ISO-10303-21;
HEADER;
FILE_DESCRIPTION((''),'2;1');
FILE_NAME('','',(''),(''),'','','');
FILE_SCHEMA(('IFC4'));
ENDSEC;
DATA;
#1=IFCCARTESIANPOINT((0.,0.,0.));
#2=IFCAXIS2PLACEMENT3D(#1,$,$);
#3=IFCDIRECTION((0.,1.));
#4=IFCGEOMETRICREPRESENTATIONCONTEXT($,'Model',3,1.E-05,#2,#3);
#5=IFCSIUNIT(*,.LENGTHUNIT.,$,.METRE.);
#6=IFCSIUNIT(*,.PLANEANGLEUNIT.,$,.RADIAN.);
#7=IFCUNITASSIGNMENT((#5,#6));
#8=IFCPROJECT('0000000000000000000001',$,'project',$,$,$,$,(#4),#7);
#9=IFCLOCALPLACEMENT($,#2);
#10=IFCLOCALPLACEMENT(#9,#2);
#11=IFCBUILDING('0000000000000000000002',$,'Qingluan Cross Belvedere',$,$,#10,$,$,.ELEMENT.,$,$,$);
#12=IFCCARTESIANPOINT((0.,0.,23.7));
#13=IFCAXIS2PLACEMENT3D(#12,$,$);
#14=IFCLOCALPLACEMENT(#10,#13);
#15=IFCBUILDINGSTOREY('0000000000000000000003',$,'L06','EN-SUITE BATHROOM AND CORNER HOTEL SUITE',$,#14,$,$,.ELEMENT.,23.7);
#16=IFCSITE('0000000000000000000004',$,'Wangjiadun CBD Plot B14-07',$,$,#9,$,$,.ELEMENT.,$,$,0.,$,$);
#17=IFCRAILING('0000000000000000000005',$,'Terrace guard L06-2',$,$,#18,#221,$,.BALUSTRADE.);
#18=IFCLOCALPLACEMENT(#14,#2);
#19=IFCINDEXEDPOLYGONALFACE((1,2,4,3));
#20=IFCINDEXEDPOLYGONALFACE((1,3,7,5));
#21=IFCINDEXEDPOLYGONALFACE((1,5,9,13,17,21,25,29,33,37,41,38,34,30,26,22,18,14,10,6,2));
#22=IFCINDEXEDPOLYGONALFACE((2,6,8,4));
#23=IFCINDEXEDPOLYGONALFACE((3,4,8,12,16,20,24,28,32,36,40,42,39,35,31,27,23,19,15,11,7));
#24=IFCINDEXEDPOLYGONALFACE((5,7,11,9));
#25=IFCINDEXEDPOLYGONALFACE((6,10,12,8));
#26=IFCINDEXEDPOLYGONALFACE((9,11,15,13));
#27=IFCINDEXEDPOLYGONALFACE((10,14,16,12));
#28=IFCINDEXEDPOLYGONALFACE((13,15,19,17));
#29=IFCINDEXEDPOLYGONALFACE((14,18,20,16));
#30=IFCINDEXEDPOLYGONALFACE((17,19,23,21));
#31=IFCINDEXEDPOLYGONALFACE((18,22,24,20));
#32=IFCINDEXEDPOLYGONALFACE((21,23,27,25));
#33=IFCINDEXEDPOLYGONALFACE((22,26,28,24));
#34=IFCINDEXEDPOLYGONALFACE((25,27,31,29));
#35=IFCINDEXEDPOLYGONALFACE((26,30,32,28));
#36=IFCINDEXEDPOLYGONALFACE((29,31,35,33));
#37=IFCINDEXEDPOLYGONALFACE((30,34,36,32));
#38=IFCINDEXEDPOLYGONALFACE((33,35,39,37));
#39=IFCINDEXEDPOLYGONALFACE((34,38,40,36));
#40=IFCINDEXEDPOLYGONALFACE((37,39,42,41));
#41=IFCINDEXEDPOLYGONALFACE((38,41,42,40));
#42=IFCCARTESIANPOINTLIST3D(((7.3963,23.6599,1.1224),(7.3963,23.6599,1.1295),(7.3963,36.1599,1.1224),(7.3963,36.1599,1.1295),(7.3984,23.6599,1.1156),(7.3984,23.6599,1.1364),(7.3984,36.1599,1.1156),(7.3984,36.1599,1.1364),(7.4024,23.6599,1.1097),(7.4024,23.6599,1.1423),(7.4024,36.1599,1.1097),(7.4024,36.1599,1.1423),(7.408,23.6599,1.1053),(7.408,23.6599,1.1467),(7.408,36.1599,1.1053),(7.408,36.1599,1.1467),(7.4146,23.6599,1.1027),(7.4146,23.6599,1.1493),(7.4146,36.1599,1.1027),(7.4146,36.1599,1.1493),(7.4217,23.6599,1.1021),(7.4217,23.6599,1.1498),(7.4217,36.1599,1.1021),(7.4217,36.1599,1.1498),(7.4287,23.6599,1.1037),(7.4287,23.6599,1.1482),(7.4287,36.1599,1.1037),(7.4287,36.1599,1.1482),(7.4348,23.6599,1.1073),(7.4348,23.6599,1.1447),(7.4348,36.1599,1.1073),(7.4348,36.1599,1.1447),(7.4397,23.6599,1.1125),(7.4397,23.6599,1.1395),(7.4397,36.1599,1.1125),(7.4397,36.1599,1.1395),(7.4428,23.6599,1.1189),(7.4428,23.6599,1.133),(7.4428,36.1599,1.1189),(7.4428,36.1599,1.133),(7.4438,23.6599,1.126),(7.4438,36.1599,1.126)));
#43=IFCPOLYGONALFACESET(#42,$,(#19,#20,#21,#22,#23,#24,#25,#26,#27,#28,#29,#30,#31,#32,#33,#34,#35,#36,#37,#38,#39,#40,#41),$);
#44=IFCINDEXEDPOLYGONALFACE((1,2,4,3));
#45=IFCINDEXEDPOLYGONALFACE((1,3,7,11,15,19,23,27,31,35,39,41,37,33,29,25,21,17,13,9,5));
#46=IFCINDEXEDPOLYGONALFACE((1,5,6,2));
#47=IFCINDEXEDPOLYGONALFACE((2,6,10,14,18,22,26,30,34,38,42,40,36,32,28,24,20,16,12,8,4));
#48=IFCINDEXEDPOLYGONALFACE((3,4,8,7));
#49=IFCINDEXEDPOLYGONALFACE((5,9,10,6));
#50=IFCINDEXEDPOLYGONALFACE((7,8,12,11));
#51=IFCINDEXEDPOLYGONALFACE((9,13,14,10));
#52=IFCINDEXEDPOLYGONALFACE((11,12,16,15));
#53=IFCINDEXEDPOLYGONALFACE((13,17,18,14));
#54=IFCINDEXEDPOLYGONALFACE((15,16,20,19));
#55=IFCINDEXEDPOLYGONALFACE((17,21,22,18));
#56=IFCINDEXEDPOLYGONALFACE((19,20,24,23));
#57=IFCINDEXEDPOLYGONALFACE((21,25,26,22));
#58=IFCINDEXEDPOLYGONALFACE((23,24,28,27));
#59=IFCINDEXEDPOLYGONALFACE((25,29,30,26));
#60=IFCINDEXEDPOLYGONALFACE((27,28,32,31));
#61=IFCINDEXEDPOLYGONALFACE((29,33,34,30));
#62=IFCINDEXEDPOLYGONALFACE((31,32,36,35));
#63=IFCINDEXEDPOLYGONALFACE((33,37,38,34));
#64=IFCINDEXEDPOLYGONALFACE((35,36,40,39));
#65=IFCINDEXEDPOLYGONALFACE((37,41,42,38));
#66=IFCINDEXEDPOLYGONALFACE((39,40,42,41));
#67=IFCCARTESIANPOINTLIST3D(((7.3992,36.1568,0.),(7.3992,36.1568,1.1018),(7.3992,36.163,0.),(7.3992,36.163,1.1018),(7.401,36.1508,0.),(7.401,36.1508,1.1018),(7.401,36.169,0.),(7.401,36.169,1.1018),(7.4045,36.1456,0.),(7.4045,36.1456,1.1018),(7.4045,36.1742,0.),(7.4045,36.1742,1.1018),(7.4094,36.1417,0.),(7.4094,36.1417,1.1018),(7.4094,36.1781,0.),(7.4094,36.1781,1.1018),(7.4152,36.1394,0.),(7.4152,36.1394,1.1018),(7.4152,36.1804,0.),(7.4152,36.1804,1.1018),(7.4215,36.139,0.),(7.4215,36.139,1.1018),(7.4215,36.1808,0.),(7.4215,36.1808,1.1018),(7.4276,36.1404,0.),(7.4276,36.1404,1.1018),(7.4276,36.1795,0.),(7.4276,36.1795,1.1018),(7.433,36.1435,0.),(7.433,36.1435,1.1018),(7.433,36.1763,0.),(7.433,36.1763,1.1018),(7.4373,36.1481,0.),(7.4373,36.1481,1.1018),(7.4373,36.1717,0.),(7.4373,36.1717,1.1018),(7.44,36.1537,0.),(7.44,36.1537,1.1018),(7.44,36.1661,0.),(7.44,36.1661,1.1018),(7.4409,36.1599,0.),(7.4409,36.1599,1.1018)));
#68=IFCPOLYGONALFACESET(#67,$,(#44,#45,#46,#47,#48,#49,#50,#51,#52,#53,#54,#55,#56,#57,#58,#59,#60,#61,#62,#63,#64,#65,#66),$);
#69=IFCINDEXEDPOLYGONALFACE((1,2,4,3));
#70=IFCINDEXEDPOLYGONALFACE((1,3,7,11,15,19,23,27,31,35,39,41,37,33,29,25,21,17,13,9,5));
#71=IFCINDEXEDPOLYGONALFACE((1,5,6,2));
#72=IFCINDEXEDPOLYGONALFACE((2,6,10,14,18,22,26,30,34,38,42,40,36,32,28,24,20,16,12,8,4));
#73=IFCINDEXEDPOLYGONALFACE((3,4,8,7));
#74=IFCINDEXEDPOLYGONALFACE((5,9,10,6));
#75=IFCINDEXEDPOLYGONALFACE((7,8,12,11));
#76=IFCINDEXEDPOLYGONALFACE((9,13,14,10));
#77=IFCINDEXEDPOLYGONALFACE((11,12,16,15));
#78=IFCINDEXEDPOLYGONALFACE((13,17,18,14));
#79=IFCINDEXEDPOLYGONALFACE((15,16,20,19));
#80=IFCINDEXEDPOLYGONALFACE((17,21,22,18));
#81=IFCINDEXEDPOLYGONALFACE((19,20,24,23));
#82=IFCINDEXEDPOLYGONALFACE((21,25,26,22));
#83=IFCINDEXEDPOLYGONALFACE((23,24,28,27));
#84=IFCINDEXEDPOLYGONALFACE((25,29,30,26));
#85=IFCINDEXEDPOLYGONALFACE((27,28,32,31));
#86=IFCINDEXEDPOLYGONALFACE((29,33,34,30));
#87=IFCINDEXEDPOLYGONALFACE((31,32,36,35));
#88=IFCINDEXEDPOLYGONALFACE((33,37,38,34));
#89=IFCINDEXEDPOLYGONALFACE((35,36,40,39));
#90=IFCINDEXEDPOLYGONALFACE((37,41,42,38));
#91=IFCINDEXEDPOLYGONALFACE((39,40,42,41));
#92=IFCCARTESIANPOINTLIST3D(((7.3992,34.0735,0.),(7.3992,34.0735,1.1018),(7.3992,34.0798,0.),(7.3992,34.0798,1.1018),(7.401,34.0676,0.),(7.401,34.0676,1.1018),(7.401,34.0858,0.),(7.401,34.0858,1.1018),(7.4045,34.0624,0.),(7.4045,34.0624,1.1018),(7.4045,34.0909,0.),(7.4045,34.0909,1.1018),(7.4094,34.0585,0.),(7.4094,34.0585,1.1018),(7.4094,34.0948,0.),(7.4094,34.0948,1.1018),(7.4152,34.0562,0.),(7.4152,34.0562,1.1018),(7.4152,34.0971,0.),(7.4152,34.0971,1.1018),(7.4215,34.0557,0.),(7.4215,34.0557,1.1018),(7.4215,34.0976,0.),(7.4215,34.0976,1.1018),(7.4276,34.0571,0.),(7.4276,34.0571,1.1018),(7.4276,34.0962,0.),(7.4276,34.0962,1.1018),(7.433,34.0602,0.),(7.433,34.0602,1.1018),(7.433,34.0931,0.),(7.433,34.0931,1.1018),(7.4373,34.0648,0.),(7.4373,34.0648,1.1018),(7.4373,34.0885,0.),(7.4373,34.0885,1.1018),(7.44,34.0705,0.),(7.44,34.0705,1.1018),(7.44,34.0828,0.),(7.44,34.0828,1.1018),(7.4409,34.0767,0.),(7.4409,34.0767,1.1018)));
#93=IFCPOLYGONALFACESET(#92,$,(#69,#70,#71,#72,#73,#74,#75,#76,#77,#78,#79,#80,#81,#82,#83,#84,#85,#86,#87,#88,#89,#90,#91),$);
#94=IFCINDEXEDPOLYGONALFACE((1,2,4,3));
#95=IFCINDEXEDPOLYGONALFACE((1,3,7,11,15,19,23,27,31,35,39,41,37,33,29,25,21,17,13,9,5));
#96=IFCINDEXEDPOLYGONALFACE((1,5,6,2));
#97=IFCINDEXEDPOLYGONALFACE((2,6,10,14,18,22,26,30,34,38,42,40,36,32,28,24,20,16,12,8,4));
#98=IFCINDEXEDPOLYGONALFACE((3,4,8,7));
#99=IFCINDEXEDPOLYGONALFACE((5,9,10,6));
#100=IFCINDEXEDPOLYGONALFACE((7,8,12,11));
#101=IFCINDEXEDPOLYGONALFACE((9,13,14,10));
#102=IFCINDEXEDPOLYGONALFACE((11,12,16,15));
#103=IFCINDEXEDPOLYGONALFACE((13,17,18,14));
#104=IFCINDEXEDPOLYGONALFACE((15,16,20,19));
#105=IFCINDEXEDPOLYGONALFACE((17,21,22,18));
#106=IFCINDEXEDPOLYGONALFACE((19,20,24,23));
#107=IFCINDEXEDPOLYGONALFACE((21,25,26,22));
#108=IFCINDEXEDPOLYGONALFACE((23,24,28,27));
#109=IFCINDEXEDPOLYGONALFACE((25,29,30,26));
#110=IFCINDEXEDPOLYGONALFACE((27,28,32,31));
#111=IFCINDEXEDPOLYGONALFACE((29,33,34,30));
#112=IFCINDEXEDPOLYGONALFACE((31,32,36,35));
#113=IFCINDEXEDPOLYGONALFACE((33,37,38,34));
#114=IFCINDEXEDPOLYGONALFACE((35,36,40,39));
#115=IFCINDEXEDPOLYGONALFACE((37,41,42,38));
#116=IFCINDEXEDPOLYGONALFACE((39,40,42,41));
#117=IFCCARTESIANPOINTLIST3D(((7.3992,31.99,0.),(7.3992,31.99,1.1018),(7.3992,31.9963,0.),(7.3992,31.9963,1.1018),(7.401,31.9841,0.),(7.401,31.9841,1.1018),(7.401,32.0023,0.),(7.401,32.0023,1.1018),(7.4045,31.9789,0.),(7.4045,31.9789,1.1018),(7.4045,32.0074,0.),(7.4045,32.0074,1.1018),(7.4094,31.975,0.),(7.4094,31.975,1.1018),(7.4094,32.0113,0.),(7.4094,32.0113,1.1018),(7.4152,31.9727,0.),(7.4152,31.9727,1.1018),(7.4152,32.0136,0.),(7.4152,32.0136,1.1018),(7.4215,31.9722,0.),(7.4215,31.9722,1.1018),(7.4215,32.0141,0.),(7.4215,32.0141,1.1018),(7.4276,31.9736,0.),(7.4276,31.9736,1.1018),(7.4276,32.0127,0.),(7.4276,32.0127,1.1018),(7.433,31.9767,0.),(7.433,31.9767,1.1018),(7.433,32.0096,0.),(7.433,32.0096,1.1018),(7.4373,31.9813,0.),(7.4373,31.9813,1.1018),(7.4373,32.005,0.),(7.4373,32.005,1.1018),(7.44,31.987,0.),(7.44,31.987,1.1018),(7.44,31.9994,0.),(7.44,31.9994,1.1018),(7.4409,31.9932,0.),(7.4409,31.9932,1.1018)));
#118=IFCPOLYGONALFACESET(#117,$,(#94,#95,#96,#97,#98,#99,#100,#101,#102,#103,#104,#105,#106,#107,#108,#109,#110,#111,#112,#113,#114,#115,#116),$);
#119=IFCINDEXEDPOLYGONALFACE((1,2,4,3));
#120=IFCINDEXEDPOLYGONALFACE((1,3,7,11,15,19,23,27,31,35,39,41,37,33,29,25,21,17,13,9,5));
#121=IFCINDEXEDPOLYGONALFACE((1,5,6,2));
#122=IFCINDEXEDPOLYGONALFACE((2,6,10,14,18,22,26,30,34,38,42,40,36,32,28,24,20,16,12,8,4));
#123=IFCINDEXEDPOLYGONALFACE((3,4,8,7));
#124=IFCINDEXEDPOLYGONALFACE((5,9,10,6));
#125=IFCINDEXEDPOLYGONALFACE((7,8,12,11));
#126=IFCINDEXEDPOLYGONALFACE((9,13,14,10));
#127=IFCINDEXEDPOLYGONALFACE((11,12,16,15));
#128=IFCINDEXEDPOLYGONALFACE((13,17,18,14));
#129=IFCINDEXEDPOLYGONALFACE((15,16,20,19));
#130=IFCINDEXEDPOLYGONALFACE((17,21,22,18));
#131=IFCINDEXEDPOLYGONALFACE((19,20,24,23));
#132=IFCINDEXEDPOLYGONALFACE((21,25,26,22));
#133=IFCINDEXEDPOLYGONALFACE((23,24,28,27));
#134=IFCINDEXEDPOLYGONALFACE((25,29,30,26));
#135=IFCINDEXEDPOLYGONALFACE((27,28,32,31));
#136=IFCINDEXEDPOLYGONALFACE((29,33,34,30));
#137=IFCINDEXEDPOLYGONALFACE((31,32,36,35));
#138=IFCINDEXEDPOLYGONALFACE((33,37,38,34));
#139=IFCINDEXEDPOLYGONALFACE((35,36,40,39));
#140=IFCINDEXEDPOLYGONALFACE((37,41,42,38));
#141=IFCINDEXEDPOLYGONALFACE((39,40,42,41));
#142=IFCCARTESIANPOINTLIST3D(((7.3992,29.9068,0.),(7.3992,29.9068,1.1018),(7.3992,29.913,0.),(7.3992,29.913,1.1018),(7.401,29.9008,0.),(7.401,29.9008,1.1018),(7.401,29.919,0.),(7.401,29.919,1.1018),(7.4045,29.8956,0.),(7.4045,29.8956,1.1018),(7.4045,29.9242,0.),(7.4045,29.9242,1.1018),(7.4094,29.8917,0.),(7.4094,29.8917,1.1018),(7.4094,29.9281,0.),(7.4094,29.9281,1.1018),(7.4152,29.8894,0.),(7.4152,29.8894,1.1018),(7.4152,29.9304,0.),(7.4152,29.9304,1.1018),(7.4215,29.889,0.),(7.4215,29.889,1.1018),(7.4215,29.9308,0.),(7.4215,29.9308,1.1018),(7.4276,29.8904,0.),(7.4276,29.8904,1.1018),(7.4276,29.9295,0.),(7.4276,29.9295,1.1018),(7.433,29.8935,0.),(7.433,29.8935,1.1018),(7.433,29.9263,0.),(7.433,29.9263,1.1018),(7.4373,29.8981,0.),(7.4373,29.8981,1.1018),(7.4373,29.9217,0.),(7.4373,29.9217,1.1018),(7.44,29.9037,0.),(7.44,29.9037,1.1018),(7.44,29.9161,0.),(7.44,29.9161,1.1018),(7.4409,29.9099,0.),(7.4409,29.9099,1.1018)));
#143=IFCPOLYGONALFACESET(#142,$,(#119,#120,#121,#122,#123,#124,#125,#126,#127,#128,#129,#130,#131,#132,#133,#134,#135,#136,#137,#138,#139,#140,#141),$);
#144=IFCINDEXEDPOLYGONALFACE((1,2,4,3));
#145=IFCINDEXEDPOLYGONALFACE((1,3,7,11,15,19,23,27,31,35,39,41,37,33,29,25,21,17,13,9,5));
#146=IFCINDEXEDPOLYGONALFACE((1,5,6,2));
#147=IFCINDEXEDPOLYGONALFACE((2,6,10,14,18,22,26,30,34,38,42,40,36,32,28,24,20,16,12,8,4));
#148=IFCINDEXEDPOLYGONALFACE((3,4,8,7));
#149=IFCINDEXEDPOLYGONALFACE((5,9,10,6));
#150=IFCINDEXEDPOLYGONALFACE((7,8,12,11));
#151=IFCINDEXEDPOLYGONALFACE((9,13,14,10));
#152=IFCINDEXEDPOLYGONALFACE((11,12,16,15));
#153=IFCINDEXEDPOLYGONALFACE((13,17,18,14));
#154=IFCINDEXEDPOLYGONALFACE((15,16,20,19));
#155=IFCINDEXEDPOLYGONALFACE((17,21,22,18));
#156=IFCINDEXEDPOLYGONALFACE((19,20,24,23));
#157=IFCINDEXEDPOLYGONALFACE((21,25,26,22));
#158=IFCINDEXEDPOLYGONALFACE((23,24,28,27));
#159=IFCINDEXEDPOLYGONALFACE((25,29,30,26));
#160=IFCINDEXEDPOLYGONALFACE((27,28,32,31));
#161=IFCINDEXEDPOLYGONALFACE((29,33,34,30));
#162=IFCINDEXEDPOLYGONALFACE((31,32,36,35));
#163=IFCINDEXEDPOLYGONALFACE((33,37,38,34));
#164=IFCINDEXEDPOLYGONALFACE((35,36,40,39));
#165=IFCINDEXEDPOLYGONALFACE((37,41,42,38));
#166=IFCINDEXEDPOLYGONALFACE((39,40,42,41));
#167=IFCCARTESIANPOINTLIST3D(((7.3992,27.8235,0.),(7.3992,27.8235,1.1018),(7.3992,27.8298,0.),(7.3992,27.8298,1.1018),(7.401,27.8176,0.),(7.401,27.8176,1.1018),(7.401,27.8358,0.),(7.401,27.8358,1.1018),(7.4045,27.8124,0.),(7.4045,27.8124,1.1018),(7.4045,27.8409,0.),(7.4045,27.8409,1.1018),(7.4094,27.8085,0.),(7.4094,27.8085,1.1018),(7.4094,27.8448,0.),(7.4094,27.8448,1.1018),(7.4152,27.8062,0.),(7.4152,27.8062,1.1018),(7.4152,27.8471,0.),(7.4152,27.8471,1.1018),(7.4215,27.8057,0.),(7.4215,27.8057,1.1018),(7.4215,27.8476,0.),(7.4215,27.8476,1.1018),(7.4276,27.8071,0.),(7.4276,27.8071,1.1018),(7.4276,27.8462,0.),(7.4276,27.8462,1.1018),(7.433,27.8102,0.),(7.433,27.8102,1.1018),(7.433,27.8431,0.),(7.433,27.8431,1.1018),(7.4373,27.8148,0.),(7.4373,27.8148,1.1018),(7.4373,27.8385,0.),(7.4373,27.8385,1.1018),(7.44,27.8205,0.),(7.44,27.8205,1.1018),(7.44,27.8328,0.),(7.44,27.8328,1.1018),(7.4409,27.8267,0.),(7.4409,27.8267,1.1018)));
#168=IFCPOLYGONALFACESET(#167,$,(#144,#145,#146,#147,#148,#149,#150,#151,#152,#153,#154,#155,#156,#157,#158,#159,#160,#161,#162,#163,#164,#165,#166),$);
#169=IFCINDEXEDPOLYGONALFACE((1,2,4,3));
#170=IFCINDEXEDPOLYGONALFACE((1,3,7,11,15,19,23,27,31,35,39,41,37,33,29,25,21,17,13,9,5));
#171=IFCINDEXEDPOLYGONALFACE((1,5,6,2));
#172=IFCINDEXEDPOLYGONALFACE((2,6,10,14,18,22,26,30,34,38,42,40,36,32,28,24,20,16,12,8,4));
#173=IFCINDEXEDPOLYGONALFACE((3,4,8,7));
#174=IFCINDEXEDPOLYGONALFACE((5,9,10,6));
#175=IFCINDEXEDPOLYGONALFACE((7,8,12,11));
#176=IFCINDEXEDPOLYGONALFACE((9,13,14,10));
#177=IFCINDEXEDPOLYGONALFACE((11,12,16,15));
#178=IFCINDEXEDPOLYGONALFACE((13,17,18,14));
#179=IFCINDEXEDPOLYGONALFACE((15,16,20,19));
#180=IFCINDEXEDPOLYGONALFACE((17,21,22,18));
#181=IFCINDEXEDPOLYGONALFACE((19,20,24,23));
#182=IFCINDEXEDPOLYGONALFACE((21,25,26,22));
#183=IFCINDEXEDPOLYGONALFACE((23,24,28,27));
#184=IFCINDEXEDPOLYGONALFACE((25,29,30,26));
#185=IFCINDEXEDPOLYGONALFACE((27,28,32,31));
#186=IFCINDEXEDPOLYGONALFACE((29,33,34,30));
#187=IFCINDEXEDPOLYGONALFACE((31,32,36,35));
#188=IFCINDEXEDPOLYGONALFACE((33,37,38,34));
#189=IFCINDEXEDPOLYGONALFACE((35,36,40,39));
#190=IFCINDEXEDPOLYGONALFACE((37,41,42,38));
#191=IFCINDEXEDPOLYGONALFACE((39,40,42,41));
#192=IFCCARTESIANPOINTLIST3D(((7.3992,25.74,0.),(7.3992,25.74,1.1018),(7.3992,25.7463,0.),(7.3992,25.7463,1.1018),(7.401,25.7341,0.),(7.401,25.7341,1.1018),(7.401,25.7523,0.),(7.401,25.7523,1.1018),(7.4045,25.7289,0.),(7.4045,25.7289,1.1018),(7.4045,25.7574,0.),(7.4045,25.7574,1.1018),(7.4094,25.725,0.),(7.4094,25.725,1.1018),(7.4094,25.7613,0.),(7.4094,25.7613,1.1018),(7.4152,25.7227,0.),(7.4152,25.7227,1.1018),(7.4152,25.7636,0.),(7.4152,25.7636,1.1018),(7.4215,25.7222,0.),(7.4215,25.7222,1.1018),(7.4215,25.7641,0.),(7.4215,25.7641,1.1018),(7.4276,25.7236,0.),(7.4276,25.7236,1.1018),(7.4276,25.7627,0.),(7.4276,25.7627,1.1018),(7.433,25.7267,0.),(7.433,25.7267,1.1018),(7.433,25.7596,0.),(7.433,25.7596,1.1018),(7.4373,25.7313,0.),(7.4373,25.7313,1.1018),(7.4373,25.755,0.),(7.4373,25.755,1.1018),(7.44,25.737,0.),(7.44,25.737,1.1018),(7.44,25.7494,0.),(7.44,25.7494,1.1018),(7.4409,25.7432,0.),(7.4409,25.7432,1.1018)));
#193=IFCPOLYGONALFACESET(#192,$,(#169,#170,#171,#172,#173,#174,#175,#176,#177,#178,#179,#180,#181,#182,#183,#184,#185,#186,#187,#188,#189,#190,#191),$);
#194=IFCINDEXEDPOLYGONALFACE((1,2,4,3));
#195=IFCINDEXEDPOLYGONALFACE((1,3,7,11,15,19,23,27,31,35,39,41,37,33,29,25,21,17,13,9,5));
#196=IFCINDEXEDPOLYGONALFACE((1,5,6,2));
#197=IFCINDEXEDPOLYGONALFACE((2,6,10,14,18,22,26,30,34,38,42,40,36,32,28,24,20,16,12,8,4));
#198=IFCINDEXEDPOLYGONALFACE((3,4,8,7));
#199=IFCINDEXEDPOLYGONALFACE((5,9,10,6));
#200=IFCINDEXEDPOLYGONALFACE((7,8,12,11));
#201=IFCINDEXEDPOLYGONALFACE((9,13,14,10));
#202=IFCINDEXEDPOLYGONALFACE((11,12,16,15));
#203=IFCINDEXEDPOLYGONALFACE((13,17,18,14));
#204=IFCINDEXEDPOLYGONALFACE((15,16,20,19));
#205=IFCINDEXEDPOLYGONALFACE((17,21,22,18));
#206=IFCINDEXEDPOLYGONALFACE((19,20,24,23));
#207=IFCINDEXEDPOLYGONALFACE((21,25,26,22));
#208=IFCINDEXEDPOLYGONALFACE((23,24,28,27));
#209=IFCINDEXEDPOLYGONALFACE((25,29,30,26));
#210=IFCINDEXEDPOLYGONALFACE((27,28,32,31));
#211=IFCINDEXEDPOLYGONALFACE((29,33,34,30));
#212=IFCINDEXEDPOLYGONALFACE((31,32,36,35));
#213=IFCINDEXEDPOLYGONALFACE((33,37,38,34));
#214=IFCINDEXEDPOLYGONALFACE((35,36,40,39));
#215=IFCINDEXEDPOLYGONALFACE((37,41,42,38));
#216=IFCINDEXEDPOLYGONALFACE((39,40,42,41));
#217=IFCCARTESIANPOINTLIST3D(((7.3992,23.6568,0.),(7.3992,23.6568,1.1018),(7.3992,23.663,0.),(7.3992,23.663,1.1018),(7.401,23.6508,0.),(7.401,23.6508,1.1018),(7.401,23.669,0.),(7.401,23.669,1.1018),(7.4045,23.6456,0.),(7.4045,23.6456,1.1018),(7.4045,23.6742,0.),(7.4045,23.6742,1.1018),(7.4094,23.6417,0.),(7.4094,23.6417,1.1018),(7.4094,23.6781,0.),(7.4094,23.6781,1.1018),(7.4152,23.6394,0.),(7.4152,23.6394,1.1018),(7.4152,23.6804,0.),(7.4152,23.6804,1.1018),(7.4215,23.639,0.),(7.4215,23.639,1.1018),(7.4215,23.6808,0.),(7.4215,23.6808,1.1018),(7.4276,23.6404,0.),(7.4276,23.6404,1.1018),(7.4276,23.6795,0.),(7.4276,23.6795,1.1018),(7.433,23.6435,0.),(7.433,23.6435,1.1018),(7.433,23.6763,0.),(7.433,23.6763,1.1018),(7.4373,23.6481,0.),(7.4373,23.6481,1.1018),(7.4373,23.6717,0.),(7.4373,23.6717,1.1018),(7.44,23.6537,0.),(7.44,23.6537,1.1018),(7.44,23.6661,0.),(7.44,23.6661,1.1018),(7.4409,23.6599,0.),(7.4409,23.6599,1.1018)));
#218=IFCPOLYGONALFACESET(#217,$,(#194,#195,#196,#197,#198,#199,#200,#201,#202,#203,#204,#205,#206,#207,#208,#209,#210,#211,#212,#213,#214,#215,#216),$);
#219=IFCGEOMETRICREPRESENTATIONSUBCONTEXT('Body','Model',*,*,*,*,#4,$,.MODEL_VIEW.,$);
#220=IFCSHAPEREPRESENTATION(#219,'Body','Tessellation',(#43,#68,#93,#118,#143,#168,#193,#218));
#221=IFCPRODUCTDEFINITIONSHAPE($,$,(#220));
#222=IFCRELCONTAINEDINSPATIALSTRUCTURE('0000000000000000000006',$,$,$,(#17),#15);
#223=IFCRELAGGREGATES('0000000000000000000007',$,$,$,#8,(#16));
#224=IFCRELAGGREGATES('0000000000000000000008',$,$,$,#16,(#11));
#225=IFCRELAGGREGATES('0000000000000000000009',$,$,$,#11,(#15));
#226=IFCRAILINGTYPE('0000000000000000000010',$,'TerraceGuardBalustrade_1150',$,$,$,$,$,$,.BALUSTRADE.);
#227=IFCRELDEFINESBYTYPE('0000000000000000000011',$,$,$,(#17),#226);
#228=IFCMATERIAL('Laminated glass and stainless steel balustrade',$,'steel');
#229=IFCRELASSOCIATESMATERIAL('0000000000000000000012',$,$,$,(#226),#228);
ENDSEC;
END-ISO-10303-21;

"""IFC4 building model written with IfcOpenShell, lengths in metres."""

from ifc_helpers import new_model, si_unit, direction, frame, origin, origin_2d, place, context, subcontext, project, spatial, circle, extrude, material, type_object, element, save


model = new_model("IFC4")

# Units and contexts
model_context = context("Model", 3, precision=1e-05, world=origin(), true_north=direction((0.0, 1.0)))
body_context = subcontext(model_context, "Body", "Model", "MODEL_VIEW")
ifc_project = project(units=[si_unit("LENGTHUNIT", "METRE"), si_unit("PLANEANGLEUNIT", "RADIAN")], contexts=[model_context])

# Site, building, storey
site_placement = place(None, origin())
site = spatial("IfcSite", under=ifc_project, at=site_placement, Name="Wangjiadun CBD Plot B14-07", CompositionType="ELEMENT", RefElevation=0.0)
building_placement = place(site_placement, origin())
building = spatial("IfcBuilding", under=site, at=building_placement, Name="Qingluan Cross Belvedere", CompositionType="ELEMENT")
storey_placement = place(building_placement, frame((0.0, 0.0, 23.7)))
storey = spatial("IfcBuildingStorey", under=building, at=storey_placement, Name="L06", Description="EN-SUITE BATHROOM AND CORNER HOTEL SUITE", CompositionType="ELEMENT", Elevation=23.7)

# Railing
ifc_material_1 = material(Name="Laminated glass and stainless steel balustrade", Category="steel")
railing_type = type_object("IfcRailingType", Name="TerraceGuardBalustrade_1150", PredefinedType="BALUSTRADE", material=ifc_material_1)
railing_1_placement = place(storey_placement, frame((7.4199, 36.1599, 0.0)))
element("IfcRailing", 1, at=railing_1_placement, inside=storey, type_object=railing_type, Name="Terrace guard L06-2", PredefinedType="BALUSTRADE", context=body_context, shape_type="SweptSolid", body=[
    extrude(circle(Radius=0.0239, at=origin_2d()), frame((0.0, 0.0, 1.126), z_axis=(0.0, -1.0, 0.0), x_axis=(1.0, 0.0, 0.0)), (0.0, 0.0, 1.0), 12.5),
    extrude(circle(Radius=0.021, at=origin_2d()), origin(), (0.0, 0.0, 1.0), 1.1018),
    extrude(circle(Radius=0.021, at=origin_2d()), frame((0.0, -2.0833, 0.0)), (0.0, 0.0, 1.0), 1.1018),
    extrude(circle(Radius=0.021, at=origin_2d()), frame((0.0, -4.1667, 0.0)), (0.0, 0.0, 1.0), 1.1018),
    extrude(circle(Radius=0.021, at=origin_2d()), frame((0.0, -6.25, 0.0)), (0.0, 0.0, 1.0), 1.1018),
    extrude(circle(Radius=0.021, at=origin_2d()), frame((0.0, -8.3333, 0.0)), (0.0, 0.0, 1.0), 1.1018),
    extrude(circle(Radius=0.021, at=origin_2d()), frame((0.0, -10.4167, 0.0)), (0.0, 0.0, 1.0), 1.1018),
    extrude(circle(Radius=0.021, at=origin_2d()), frame((0.0, -12.5, 0.0)), (0.0, 0.0, 1.0), 1.1018),
])

save(model, "model.ifc")
